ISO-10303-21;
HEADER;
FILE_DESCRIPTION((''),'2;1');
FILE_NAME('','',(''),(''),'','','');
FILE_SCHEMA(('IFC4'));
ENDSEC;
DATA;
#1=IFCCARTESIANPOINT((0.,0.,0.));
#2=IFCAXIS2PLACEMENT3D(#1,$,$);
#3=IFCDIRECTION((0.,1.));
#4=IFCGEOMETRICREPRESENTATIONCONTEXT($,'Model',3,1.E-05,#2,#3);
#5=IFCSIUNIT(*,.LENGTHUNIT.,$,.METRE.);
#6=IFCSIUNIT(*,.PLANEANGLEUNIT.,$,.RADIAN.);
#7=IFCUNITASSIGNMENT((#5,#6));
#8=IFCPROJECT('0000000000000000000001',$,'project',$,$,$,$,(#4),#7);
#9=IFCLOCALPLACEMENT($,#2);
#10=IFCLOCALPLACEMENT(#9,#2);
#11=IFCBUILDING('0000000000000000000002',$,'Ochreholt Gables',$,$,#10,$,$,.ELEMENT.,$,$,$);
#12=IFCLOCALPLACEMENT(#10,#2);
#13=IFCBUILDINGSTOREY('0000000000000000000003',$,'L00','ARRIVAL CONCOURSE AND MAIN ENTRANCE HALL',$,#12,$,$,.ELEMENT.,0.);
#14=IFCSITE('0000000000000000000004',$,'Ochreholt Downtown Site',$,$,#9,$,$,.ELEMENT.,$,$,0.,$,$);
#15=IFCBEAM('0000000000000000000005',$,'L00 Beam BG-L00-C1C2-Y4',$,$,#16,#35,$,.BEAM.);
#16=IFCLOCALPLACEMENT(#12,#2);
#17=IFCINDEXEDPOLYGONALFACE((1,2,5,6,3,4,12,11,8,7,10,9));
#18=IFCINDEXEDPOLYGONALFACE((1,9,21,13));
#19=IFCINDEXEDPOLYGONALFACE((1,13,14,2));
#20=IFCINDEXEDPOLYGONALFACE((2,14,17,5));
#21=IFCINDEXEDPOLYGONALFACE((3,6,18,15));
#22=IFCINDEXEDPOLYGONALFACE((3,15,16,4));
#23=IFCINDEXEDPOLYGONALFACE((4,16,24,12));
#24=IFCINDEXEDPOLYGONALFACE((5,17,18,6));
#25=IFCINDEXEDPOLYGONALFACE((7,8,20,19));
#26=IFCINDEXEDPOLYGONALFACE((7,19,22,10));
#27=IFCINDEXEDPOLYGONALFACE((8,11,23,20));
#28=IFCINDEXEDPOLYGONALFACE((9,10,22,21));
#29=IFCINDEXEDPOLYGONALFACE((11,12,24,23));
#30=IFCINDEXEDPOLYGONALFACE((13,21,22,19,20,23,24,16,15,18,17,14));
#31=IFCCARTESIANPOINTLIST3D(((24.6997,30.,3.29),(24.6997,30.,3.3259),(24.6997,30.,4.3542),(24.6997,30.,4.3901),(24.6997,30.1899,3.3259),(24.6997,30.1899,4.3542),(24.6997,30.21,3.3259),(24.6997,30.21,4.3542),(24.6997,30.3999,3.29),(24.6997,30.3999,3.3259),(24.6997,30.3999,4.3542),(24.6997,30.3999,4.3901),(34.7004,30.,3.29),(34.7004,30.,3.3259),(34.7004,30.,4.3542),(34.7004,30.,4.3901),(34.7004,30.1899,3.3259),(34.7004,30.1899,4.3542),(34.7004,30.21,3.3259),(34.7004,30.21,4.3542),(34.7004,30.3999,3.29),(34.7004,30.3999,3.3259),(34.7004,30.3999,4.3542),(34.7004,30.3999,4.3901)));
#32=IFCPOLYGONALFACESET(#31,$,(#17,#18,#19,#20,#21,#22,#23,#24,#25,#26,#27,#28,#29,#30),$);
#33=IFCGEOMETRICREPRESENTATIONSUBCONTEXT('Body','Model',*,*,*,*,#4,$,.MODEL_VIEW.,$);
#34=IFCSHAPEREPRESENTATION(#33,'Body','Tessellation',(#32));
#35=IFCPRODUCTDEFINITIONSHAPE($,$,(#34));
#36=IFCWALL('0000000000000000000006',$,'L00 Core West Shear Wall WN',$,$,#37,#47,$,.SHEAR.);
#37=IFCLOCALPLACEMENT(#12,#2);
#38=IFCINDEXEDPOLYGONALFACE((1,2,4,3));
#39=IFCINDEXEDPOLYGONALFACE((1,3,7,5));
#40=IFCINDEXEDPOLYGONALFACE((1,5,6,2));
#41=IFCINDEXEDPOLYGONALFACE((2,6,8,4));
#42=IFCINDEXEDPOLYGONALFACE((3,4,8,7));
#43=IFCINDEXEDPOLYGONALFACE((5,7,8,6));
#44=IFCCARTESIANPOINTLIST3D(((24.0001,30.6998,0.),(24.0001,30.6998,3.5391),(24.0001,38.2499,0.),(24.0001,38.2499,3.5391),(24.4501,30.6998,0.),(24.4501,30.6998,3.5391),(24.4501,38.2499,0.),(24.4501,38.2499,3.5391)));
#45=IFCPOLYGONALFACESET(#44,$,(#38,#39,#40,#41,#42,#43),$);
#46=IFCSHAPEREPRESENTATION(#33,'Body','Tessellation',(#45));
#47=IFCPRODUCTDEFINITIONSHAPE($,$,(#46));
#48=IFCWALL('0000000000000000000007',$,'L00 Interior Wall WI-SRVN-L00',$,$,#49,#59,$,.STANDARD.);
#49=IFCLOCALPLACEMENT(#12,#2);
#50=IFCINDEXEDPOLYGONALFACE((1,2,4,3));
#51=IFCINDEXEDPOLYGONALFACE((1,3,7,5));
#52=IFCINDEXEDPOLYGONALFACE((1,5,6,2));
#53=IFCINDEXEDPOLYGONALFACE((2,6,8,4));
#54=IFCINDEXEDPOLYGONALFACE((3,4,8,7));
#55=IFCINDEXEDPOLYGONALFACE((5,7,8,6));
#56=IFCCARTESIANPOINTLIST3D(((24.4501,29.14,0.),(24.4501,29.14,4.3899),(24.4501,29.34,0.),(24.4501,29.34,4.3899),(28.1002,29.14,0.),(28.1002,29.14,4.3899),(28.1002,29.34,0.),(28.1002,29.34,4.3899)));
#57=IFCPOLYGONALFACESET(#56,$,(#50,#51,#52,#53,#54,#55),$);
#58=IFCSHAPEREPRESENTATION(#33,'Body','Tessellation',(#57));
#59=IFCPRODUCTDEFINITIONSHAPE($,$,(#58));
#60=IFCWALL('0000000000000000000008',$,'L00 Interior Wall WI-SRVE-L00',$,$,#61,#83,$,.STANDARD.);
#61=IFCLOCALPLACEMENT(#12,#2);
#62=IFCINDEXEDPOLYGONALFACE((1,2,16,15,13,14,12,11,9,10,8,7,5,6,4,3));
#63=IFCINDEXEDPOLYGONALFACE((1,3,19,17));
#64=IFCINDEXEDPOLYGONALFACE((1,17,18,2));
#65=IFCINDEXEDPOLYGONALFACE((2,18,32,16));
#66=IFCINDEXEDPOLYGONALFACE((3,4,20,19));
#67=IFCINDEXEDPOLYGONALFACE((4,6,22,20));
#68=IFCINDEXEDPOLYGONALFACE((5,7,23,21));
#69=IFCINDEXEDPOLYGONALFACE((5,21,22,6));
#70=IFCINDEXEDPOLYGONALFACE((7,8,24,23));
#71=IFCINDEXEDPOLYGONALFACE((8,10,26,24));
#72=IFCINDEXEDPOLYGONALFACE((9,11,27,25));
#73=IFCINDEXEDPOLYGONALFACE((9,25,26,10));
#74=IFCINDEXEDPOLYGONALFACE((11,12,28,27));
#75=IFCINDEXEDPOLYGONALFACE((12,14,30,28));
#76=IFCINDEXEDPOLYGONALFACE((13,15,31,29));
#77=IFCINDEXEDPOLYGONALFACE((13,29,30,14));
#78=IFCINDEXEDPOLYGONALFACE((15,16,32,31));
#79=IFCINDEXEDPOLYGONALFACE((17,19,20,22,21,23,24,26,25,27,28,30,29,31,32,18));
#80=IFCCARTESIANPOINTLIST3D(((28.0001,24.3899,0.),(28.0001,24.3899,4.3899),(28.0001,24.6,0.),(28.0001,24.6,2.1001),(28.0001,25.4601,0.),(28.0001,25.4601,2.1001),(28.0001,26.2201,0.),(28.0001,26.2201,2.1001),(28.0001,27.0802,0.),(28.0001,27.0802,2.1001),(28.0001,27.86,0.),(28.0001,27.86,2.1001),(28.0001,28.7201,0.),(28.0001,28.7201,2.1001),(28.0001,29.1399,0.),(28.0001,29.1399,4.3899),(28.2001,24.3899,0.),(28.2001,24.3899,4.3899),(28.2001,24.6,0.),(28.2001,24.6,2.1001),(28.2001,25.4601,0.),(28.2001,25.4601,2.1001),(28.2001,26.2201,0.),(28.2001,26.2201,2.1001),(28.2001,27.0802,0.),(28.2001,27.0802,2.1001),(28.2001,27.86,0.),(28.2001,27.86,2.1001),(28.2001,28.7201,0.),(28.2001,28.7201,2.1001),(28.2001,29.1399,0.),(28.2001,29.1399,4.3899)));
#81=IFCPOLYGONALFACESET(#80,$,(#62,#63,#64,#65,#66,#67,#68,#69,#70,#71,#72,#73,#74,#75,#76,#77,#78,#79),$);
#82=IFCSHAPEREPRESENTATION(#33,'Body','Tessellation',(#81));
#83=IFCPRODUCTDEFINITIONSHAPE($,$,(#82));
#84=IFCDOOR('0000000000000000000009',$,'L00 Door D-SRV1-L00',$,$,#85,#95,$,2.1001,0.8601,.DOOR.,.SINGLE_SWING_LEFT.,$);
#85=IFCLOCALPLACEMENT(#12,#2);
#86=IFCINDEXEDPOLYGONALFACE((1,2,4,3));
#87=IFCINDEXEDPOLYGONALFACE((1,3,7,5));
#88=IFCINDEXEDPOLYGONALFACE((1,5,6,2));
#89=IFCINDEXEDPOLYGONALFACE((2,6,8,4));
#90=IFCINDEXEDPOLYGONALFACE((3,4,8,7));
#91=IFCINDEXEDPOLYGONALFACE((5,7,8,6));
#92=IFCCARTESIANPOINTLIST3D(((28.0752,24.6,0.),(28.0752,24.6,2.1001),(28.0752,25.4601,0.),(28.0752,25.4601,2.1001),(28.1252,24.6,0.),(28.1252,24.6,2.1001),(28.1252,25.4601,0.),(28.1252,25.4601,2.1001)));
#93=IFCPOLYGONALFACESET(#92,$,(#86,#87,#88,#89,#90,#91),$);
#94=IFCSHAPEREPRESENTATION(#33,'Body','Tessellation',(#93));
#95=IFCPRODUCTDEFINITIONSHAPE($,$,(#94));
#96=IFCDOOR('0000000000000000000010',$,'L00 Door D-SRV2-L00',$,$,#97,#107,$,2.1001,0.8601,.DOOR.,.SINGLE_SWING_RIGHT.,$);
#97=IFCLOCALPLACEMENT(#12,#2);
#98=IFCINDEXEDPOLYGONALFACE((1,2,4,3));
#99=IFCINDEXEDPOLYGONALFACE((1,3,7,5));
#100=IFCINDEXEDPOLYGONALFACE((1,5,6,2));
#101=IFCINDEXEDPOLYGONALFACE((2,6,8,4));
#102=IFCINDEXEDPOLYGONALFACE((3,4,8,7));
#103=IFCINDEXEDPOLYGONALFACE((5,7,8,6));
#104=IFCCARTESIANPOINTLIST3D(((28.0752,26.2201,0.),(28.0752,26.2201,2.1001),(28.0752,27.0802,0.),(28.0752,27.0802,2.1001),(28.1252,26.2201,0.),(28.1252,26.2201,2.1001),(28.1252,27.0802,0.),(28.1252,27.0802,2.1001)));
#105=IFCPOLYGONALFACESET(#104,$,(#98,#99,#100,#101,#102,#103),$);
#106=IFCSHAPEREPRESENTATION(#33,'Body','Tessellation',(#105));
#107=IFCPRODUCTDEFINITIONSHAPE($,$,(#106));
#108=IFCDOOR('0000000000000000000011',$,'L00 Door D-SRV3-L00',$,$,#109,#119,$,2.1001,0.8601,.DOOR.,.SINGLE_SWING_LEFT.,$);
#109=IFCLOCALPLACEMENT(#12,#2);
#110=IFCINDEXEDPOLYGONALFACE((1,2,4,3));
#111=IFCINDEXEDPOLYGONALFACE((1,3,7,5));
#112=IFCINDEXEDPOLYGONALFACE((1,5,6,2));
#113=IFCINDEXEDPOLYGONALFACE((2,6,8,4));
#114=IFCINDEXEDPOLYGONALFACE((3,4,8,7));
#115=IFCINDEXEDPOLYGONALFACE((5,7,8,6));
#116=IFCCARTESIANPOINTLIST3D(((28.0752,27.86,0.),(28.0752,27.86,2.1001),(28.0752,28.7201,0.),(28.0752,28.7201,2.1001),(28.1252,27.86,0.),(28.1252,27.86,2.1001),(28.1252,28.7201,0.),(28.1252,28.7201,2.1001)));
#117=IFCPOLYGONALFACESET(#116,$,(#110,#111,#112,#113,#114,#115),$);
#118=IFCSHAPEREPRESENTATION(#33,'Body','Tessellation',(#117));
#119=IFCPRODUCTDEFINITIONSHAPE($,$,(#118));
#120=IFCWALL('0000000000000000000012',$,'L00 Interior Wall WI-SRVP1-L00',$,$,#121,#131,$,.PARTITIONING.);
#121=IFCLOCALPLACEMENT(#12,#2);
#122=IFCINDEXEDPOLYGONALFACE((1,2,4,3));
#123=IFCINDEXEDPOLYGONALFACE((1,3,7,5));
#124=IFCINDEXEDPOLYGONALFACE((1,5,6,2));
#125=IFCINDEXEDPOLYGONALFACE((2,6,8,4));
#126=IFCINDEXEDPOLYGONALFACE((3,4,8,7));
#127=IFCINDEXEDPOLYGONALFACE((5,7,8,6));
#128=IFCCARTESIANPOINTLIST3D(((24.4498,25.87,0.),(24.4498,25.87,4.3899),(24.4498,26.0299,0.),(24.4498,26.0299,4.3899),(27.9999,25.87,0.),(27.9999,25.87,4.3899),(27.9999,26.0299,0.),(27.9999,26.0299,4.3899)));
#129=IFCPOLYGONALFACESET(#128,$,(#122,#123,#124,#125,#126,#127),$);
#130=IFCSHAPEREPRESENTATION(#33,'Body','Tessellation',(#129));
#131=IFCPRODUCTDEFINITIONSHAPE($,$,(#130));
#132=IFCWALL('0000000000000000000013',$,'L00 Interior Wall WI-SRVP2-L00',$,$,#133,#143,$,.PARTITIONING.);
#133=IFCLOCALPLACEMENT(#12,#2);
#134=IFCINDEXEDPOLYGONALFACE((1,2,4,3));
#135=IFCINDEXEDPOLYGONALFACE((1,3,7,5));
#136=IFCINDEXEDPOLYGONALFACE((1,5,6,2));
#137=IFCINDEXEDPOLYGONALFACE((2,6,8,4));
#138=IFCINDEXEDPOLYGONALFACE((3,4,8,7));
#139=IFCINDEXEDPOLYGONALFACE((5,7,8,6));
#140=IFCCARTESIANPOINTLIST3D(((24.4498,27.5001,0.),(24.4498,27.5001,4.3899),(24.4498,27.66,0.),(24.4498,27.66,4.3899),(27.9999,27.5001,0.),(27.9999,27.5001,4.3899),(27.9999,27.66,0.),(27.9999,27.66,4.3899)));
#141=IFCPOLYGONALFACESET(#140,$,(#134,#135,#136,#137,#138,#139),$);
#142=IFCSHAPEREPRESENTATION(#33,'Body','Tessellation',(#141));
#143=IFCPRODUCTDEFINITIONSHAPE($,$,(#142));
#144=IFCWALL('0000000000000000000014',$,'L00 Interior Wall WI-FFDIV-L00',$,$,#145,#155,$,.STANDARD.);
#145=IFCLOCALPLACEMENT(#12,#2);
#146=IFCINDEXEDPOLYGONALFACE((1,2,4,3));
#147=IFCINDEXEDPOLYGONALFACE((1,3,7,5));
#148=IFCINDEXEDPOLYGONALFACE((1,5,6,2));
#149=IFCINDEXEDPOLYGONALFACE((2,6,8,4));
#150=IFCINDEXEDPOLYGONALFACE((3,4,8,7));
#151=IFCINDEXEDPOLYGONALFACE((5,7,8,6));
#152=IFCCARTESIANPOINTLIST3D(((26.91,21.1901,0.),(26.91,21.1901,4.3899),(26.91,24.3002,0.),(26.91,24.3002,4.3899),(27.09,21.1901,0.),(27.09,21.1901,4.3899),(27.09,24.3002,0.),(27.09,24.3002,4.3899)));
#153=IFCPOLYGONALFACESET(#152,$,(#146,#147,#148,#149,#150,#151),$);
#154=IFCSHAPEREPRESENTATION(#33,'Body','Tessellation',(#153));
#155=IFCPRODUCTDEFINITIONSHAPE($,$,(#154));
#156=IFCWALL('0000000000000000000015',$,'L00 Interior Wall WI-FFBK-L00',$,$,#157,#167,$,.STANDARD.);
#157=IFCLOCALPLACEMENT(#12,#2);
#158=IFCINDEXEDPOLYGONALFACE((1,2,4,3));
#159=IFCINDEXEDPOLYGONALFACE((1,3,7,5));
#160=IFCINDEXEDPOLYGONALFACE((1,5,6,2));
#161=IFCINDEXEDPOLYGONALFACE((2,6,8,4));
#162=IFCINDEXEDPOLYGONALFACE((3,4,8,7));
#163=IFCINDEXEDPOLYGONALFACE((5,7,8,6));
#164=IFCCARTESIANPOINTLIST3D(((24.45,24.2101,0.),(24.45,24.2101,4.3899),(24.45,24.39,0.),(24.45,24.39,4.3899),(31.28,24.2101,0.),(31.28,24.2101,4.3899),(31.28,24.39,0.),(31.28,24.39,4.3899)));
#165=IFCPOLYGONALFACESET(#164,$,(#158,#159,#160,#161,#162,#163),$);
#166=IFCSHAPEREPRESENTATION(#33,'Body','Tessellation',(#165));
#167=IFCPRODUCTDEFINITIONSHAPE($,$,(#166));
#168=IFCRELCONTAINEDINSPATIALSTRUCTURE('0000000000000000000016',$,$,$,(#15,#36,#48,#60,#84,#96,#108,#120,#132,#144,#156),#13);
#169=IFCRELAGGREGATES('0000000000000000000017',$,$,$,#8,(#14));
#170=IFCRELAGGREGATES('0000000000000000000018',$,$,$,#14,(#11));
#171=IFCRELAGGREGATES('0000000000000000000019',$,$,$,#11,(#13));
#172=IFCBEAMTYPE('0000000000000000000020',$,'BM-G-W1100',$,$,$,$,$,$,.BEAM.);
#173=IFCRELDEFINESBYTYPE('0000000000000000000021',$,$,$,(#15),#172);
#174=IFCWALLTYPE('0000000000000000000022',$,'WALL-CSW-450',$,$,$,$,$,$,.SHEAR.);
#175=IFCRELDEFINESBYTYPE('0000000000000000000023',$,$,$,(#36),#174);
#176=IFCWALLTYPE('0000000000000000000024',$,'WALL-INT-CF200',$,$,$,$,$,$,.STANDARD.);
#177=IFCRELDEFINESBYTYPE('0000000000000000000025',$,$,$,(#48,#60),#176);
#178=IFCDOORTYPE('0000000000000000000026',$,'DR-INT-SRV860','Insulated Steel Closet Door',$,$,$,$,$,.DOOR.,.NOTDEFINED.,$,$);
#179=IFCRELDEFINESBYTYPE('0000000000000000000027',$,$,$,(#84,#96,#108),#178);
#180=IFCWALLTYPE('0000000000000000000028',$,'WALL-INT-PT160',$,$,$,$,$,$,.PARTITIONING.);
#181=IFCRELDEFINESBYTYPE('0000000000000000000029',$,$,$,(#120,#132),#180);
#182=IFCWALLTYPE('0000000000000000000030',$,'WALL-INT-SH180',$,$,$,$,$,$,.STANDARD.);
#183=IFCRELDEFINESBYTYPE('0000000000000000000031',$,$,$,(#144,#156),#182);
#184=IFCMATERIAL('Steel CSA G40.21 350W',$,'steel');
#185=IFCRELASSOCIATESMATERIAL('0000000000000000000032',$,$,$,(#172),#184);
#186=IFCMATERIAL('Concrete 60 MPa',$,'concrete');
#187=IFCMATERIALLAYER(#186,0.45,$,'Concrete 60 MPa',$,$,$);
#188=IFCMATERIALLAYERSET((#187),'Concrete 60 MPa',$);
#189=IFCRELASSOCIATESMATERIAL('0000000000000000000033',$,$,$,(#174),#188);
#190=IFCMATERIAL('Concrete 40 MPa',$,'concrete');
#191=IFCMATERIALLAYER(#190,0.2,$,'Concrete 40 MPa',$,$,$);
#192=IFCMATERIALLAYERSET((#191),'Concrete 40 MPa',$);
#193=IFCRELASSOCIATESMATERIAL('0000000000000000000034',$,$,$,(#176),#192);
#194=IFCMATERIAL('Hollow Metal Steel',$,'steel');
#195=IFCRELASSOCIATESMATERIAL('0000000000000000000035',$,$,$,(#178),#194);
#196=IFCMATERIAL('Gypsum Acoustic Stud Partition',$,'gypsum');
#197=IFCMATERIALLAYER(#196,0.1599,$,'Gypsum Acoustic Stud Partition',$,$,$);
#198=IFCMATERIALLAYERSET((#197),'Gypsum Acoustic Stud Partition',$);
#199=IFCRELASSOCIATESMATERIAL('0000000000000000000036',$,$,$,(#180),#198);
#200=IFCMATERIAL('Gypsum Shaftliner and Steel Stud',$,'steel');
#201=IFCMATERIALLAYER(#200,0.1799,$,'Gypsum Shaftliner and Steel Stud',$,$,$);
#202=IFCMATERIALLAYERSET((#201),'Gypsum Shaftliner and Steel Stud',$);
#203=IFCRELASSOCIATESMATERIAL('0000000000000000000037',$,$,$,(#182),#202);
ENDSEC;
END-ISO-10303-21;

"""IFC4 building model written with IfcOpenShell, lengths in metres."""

from ifc_helpers import new_model, si_unit, direction, frame, frame_2d, origin, origin_2d, place, context, subcontext, project, spatial, rectangle, i_section, extrude, material, layer, layer_set, material_profile, profile_set, type_object, element, fill, save


model = new_model("IFC4")

# Units and contexts
model_context = context("Model", 3, precision=1e-05, world=origin(), true_north=direction((0.0, 1.0)))
body_context = subcontext(model_context, "Body", "Model", "MODEL_VIEW")
ifc_project = project(units=[si_unit("LENGTHUNIT", "METRE"), si_unit("PLANEANGLEUNIT", "RADIAN")], contexts=[model_context])

# Site, building, storey
site_placement = place(None, origin())
site = spatial("IfcSite", under=ifc_project, at=site_placement, Name="Ochreholt Downtown Site", CompositionType="ELEMENT", RefElevation=0.0)
building_placement = place(site_placement, origin())
building = spatial("IfcBuilding", under=site, at=building_placement, Name="Ochreholt Gables", CompositionType="ELEMENT")
storey_placement = place(building_placement, origin())
storey = spatial("IfcBuildingStorey", under=building, at=storey_placement, Name="L00", Description="ARRIVAL CONCOURSE AND MAIN ENTRANCE HALL", CompositionType="ELEMENT", Elevation=0.0)

# Beam
ifc_material_1 = material(Name="Steel CSA G40.21 350W", Category="steel")
ifc_material_profile = material_profile(ifc_material_1, i_section(OverallWidth=0.3999, OverallDepth=1.1001, WebThickness=0.02, FlangeThickness=0.0359, at=origin_2d()), Name="W1100X390")
ifc_profile_set = profile_set([ifc_material_profile], Name="Steel CSA G40.21 350W")
beam_type = type_object("IfcBeamType", Name="BM-G-W1100", PredefinedType="BEAM", material=ifc_profile_set)
beam_placement = place(storey_placement, frame((24.6997, 30.2, 3.8401), z_axis=(1.0, 0.0, 0.0), x_axis=(0.0, 1.0, 0.0)))
element("IfcBeam", 1, at=beam_placement, inside=storey, type_object=beam_type, Name="L00 Beam BG-L00-C1C2-Y4", PredefinedType="BEAM", context=body_context, shape_type="SweptSolid", body=[
    extrude(i_section(OverallWidth=0.3999, OverallDepth=1.1001, WebThickness=0.02, FlangeThickness=0.0359, at=origin_2d()), origin(), (0.0, 0.0, 1.0), 10.0007),
])

# Walls
ifc_material_2 = material(Name="Concrete 60 MPa", Category="concrete")
ifc_layer_1 = layer(ifc_material_2, 0.45, Name="Concrete 60 MPa")
ifc_layer_set_1 = layer_set([ifc_layer_1], Name="Concrete 60 MPa")
wall_type_1 = type_object("IfcWallType", Name="WALL-CSW-450", PredefinedType="SHEAR", material=ifc_layer_set_1)
wall_1_placement = place(storey_placement, frame((24.2251, 30.7, 0.0), z_axis=(0.0, 0.0, 1.0), x_axis=(0.0, 1.0, 0.0)))
element("IfcWall", 2, at=wall_1_placement, inside=storey, type_object=wall_type_1, Name="L00 Core West Shear Wall WN", PredefinedType="SHEAR", context=body_context, shape_type="SweptSolid", body=[
    extrude(rectangle(XDim=7.55, YDim=0.45, at=frame_2d((3.7749, 0.0))), origin(), (0.0, 0.0, 1.0), 3.5391),
])
ifc_material_3 = material(Name="Concrete 40 MPa", Category="concrete")
ifc_layer_2 = layer(ifc_material_3, 0.2, Name="Concrete 40 MPa")
ifc_layer_set_2 = layer_set([ifc_layer_2], Name="Concrete 40 MPa")
wall_type_2 = type_object("IfcWallType", Name="WALL-INT-CF200", PredefinedType="STANDARD", material=ifc_layer_set_2)
wall_2_placement = place(storey_placement, frame((24.45, 29.24, 0.0), z_axis=(0.0, 0.0, 1.0), x_axis=(1.0, 0.0, 0.0)))
element("IfcWall", 3, at=wall_2_placement, inside=storey, type_object=wall_type_2, Name="L00 Interior Wall WI-SRVN-L00", PredefinedType="STANDARD", context=body_context, shape_type="SweptSolid", body=[
    extrude(rectangle(XDim=3.6501, YDim=0.2, at=frame_2d((1.8252, 0.0))), origin(), (0.0, 0.0, 1.0), 4.3899),
])

# Wall, openings, doors
wall_3_placement = place(storey_placement, frame((28.1001, 24.3899, 0.0), z_axis=(0.0, 0.0, 1.0), x_axis=(0.0, 1.0, 0.0)))
wall_3 = element("IfcWall", 4, at=wall_3_placement, inside=storey, type_object=wall_type_2, Name="L00 Interior Wall WI-SRVE-L00", PredefinedType="STANDARD", context=body_context, shape_type="SweptSolid", body=[
    extrude(rectangle(XDim=4.75, YDim=0.2, at=frame_2d((2.375, 0.0))), origin(), (0.0, 0.0, 1.0), 4.3899),
])
opening_1_placement = place(wall_3_placement, frame((0.21, 0.0, 0.0)))
opening_1 = element("IfcOpeningElement", 5, at=opening_1_placement, cuts=wall_3, PredefinedType="OPENING", context=body_context, shape_type="SweptSolid", body=[
    extrude(rectangle(XDim=0.8601, YDim=2.1001, at=frame_2d((0.4302, 1.05))), frame((0.0, 0.1099, 0.0), z_axis=(0.0, -1.0, 0.0), x_axis=(1.0, 0.0, 0.0)), (0.0, 0.0, 1.0), 0.22),
])
opening_2_placement = place(wall_3_placement, frame((1.8301, 0.0, 0.0)))
opening_2 = element("IfcOpeningElement", 6, at=opening_2_placement, cuts=wall_3, PredefinedType="OPENING", context=body_context, shape_type="SweptSolid", body=[
    extrude(rectangle(XDim=0.8601, YDim=2.1001, at=frame_2d((0.4302, 1.05))), frame((0.0, 0.1099, 0.0), z_axis=(0.0, -1.0, 0.0), x_axis=(1.0, 0.0, 0.0)), (0.0, 0.0, 1.0), 0.22),
])
opening_3_placement = place(wall_3_placement, frame((3.47, 0.0, 0.0)))
opening_3 = element("IfcOpeningElement", 7, at=opening_3_placement, cuts=wall_3, PredefinedType="OPENING", context=body_context, shape_type="SweptSolid", body=[
    extrude(rectangle(XDim=0.8601, YDim=2.1001, at=frame_2d((0.4302, 1.05))), frame((0.0, 0.1099, 0.0), z_axis=(0.0, -1.0, 0.0), x_axis=(1.0, 0.0, 0.0)), (0.0, 0.0, 1.0), 0.22),
])
ifc_material_4 = material(Name="Hollow Metal Steel", Category="steel")
door_type_1 = type_object("IfcDoorType", Name="DR-INT-SRV860", Description="Insulated Steel Closet Door", OperationType="NOTDEFINED", PredefinedType="DOOR", material=ifc_material_4)
door_1_placement = place(opening_1_placement, origin())
door_1 = element("IfcDoor", 8, at=door_1_placement, inside=storey, type_object=door_type_1, Name="L00 Door D-SRV1-L00", OperationType="SINGLE_SWING_LEFT", OverallHeight=2.1001, OverallWidth=0.8601, PredefinedType="DOOR", context=body_context, shape_type="SweptSolid", body=[
    extrude(rectangle(XDim=0.8601, YDim=2.1001, at=frame_2d((0.4302, 1.05))), frame((0.0, 0.0249, 0.0), z_axis=(0.0, -1.0, 0.0), x_axis=(1.0, 0.0, 0.0)), (0.0, 0.0, 1.0), 0.05),
])
fill(opening_1, door_1)
door_2_placement = place(opening_2_placement, origin())
door_2 = element("IfcDoor", 9, at=door_2_placement, inside=storey, type_object=door_type_1, Name="L00 Door D-SRV2-L00", OperationType="SINGLE_SWING_RIGHT", OverallHeight=2.1001, OverallWidth=0.8601, PredefinedType="DOOR", context=body_context, shape_type="SweptSolid", body=[
    extrude(rectangle(XDim=0.8601, YDim=2.1001, at=frame_2d((0.4302, 1.05))), frame((0.0, 0.0249, 0.0), z_axis=(0.0, -1.0, 0.0), x_axis=(1.0, 0.0, 0.0)), (0.0, 0.0, 1.0), 0.05),
])
fill(opening_2, door_2)
door_3_placement = place(opening_3_placement, origin())
door_3 = element("IfcDoor", 10, at=door_3_placement, inside=storey, type_object=door_type_1, Name="L00 Door D-SRV3-L00", OperationType="SINGLE_SWING_LEFT", OverallHeight=2.1001, OverallWidth=0.8601, PredefinedType="DOOR", context=body_context, shape_type="SweptSolid", body=[
    extrude(rectangle(XDim=0.8601, YDim=2.1001, at=frame_2d((0.4302, 1.05))), frame((0.0, 0.0249, 0.0), z_axis=(0.0, -1.0, 0.0), x_axis=(1.0, 0.0, 0.0)), (0.0, 0.0, 1.0), 0.05),
])
fill(opening_3, door_3)

# Walls
ifc_material_5 = material(Name="Gypsum Acoustic Stud Partition", Category="gypsum")
ifc_layer_3 = layer(ifc_material_5, 0.1599, Name="Gypsum Acoustic Stud Partition")
ifc_layer_set_3 = layer_set([ifc_layer_3], Name="Gypsum Acoustic Stud Partition")
wall_type_3 = type_object("IfcWallType", Name="WALL-INT-PT160", PredefinedType="PARTITIONING", material=ifc_layer_set_3)
for number, where, z_axis, x_axis, name in (
    (11, (24.45, 25.95, 0.0), (0.0, 0.0, 1.0), (1.0, 0.0, 0.0), "L00 Interior Wall WI-SRVP1-L00"),
    (12, (24.45, 27.5801, 0.0), (0.0, 0.0, 1.0), (1.0, 0.0, 0.0), "L00 Interior Wall WI-SRVP2-L00"),
):
    element("IfcWall", number, at=place(storey_placement, frame(where, z_axis=z_axis, x_axis=x_axis)), inside=storey, type_object=wall_type_3, Name=name, PredefinedType="PARTITIONING", context=body_context, shape_type="SweptSolid", body=[
        extrude(rectangle(XDim=3.55, YDim=0.1599, at=frame_2d((1.7749, 0.0))), origin(), (0.0, 0.0, 1.0), 4.3899),
    ])
ifc_material_6 = material(Name="Gypsum Shaftliner and Steel Stud", Category="steel")
ifc_layer_4 = layer(ifc_material_6, 0.1799, Name="Gypsum Shaftliner and Steel Stud")
ifc_layer_set_4 = layer_set([ifc_layer_4], Name="Gypsum Shaftliner and Steel Stud")
wall_type_4 = type_object("IfcWallType", Name="WALL-INT-SH180", PredefinedType="STANDARD", material=ifc_layer_set_4)
wall_4_placement = place(storey_placement, frame((27.0, 21.1899, 0.0), z_axis=(0.0, 0.0, 1.0), x_axis=(0.0, 1.0, 0.0)))
element("IfcWall", 13, at=wall_4_placement, inside=storey, type_object=wall_type_4, Name="L00 Interior Wall WI-FFDIV-L00", PredefinedType="STANDARD", context=body_context, shape_type="SweptSolid", body=[
    extrude(rectangle(XDim=3.1101, YDim=0.1799, at=frame_2d((1.5552, 0.0))), origin(), (0.0, 0.0, 1.0), 4.3899),
])
wall_5_placement = place(storey_placement, frame((24.45, 24.3, 0.0), z_axis=(0.0, 0.0, 1.0), x_axis=(1.0, 0.0, 0.0)))
element("IfcWall", 14, at=wall_5_placement, inside=storey, type_object=wall_type_4, Name="L00 Interior Wall WI-FFBK-L00", PredefinedType="STANDARD", context=body_context, shape_type="SweptSolid", body=[
    extrude(rectangle(XDim=6.8301, YDim=0.1799, at=frame_2d((3.415, 0.0))), origin(), (0.0, 0.0, 1.0), 4.3899),
])

save(model, "model.ifc")
